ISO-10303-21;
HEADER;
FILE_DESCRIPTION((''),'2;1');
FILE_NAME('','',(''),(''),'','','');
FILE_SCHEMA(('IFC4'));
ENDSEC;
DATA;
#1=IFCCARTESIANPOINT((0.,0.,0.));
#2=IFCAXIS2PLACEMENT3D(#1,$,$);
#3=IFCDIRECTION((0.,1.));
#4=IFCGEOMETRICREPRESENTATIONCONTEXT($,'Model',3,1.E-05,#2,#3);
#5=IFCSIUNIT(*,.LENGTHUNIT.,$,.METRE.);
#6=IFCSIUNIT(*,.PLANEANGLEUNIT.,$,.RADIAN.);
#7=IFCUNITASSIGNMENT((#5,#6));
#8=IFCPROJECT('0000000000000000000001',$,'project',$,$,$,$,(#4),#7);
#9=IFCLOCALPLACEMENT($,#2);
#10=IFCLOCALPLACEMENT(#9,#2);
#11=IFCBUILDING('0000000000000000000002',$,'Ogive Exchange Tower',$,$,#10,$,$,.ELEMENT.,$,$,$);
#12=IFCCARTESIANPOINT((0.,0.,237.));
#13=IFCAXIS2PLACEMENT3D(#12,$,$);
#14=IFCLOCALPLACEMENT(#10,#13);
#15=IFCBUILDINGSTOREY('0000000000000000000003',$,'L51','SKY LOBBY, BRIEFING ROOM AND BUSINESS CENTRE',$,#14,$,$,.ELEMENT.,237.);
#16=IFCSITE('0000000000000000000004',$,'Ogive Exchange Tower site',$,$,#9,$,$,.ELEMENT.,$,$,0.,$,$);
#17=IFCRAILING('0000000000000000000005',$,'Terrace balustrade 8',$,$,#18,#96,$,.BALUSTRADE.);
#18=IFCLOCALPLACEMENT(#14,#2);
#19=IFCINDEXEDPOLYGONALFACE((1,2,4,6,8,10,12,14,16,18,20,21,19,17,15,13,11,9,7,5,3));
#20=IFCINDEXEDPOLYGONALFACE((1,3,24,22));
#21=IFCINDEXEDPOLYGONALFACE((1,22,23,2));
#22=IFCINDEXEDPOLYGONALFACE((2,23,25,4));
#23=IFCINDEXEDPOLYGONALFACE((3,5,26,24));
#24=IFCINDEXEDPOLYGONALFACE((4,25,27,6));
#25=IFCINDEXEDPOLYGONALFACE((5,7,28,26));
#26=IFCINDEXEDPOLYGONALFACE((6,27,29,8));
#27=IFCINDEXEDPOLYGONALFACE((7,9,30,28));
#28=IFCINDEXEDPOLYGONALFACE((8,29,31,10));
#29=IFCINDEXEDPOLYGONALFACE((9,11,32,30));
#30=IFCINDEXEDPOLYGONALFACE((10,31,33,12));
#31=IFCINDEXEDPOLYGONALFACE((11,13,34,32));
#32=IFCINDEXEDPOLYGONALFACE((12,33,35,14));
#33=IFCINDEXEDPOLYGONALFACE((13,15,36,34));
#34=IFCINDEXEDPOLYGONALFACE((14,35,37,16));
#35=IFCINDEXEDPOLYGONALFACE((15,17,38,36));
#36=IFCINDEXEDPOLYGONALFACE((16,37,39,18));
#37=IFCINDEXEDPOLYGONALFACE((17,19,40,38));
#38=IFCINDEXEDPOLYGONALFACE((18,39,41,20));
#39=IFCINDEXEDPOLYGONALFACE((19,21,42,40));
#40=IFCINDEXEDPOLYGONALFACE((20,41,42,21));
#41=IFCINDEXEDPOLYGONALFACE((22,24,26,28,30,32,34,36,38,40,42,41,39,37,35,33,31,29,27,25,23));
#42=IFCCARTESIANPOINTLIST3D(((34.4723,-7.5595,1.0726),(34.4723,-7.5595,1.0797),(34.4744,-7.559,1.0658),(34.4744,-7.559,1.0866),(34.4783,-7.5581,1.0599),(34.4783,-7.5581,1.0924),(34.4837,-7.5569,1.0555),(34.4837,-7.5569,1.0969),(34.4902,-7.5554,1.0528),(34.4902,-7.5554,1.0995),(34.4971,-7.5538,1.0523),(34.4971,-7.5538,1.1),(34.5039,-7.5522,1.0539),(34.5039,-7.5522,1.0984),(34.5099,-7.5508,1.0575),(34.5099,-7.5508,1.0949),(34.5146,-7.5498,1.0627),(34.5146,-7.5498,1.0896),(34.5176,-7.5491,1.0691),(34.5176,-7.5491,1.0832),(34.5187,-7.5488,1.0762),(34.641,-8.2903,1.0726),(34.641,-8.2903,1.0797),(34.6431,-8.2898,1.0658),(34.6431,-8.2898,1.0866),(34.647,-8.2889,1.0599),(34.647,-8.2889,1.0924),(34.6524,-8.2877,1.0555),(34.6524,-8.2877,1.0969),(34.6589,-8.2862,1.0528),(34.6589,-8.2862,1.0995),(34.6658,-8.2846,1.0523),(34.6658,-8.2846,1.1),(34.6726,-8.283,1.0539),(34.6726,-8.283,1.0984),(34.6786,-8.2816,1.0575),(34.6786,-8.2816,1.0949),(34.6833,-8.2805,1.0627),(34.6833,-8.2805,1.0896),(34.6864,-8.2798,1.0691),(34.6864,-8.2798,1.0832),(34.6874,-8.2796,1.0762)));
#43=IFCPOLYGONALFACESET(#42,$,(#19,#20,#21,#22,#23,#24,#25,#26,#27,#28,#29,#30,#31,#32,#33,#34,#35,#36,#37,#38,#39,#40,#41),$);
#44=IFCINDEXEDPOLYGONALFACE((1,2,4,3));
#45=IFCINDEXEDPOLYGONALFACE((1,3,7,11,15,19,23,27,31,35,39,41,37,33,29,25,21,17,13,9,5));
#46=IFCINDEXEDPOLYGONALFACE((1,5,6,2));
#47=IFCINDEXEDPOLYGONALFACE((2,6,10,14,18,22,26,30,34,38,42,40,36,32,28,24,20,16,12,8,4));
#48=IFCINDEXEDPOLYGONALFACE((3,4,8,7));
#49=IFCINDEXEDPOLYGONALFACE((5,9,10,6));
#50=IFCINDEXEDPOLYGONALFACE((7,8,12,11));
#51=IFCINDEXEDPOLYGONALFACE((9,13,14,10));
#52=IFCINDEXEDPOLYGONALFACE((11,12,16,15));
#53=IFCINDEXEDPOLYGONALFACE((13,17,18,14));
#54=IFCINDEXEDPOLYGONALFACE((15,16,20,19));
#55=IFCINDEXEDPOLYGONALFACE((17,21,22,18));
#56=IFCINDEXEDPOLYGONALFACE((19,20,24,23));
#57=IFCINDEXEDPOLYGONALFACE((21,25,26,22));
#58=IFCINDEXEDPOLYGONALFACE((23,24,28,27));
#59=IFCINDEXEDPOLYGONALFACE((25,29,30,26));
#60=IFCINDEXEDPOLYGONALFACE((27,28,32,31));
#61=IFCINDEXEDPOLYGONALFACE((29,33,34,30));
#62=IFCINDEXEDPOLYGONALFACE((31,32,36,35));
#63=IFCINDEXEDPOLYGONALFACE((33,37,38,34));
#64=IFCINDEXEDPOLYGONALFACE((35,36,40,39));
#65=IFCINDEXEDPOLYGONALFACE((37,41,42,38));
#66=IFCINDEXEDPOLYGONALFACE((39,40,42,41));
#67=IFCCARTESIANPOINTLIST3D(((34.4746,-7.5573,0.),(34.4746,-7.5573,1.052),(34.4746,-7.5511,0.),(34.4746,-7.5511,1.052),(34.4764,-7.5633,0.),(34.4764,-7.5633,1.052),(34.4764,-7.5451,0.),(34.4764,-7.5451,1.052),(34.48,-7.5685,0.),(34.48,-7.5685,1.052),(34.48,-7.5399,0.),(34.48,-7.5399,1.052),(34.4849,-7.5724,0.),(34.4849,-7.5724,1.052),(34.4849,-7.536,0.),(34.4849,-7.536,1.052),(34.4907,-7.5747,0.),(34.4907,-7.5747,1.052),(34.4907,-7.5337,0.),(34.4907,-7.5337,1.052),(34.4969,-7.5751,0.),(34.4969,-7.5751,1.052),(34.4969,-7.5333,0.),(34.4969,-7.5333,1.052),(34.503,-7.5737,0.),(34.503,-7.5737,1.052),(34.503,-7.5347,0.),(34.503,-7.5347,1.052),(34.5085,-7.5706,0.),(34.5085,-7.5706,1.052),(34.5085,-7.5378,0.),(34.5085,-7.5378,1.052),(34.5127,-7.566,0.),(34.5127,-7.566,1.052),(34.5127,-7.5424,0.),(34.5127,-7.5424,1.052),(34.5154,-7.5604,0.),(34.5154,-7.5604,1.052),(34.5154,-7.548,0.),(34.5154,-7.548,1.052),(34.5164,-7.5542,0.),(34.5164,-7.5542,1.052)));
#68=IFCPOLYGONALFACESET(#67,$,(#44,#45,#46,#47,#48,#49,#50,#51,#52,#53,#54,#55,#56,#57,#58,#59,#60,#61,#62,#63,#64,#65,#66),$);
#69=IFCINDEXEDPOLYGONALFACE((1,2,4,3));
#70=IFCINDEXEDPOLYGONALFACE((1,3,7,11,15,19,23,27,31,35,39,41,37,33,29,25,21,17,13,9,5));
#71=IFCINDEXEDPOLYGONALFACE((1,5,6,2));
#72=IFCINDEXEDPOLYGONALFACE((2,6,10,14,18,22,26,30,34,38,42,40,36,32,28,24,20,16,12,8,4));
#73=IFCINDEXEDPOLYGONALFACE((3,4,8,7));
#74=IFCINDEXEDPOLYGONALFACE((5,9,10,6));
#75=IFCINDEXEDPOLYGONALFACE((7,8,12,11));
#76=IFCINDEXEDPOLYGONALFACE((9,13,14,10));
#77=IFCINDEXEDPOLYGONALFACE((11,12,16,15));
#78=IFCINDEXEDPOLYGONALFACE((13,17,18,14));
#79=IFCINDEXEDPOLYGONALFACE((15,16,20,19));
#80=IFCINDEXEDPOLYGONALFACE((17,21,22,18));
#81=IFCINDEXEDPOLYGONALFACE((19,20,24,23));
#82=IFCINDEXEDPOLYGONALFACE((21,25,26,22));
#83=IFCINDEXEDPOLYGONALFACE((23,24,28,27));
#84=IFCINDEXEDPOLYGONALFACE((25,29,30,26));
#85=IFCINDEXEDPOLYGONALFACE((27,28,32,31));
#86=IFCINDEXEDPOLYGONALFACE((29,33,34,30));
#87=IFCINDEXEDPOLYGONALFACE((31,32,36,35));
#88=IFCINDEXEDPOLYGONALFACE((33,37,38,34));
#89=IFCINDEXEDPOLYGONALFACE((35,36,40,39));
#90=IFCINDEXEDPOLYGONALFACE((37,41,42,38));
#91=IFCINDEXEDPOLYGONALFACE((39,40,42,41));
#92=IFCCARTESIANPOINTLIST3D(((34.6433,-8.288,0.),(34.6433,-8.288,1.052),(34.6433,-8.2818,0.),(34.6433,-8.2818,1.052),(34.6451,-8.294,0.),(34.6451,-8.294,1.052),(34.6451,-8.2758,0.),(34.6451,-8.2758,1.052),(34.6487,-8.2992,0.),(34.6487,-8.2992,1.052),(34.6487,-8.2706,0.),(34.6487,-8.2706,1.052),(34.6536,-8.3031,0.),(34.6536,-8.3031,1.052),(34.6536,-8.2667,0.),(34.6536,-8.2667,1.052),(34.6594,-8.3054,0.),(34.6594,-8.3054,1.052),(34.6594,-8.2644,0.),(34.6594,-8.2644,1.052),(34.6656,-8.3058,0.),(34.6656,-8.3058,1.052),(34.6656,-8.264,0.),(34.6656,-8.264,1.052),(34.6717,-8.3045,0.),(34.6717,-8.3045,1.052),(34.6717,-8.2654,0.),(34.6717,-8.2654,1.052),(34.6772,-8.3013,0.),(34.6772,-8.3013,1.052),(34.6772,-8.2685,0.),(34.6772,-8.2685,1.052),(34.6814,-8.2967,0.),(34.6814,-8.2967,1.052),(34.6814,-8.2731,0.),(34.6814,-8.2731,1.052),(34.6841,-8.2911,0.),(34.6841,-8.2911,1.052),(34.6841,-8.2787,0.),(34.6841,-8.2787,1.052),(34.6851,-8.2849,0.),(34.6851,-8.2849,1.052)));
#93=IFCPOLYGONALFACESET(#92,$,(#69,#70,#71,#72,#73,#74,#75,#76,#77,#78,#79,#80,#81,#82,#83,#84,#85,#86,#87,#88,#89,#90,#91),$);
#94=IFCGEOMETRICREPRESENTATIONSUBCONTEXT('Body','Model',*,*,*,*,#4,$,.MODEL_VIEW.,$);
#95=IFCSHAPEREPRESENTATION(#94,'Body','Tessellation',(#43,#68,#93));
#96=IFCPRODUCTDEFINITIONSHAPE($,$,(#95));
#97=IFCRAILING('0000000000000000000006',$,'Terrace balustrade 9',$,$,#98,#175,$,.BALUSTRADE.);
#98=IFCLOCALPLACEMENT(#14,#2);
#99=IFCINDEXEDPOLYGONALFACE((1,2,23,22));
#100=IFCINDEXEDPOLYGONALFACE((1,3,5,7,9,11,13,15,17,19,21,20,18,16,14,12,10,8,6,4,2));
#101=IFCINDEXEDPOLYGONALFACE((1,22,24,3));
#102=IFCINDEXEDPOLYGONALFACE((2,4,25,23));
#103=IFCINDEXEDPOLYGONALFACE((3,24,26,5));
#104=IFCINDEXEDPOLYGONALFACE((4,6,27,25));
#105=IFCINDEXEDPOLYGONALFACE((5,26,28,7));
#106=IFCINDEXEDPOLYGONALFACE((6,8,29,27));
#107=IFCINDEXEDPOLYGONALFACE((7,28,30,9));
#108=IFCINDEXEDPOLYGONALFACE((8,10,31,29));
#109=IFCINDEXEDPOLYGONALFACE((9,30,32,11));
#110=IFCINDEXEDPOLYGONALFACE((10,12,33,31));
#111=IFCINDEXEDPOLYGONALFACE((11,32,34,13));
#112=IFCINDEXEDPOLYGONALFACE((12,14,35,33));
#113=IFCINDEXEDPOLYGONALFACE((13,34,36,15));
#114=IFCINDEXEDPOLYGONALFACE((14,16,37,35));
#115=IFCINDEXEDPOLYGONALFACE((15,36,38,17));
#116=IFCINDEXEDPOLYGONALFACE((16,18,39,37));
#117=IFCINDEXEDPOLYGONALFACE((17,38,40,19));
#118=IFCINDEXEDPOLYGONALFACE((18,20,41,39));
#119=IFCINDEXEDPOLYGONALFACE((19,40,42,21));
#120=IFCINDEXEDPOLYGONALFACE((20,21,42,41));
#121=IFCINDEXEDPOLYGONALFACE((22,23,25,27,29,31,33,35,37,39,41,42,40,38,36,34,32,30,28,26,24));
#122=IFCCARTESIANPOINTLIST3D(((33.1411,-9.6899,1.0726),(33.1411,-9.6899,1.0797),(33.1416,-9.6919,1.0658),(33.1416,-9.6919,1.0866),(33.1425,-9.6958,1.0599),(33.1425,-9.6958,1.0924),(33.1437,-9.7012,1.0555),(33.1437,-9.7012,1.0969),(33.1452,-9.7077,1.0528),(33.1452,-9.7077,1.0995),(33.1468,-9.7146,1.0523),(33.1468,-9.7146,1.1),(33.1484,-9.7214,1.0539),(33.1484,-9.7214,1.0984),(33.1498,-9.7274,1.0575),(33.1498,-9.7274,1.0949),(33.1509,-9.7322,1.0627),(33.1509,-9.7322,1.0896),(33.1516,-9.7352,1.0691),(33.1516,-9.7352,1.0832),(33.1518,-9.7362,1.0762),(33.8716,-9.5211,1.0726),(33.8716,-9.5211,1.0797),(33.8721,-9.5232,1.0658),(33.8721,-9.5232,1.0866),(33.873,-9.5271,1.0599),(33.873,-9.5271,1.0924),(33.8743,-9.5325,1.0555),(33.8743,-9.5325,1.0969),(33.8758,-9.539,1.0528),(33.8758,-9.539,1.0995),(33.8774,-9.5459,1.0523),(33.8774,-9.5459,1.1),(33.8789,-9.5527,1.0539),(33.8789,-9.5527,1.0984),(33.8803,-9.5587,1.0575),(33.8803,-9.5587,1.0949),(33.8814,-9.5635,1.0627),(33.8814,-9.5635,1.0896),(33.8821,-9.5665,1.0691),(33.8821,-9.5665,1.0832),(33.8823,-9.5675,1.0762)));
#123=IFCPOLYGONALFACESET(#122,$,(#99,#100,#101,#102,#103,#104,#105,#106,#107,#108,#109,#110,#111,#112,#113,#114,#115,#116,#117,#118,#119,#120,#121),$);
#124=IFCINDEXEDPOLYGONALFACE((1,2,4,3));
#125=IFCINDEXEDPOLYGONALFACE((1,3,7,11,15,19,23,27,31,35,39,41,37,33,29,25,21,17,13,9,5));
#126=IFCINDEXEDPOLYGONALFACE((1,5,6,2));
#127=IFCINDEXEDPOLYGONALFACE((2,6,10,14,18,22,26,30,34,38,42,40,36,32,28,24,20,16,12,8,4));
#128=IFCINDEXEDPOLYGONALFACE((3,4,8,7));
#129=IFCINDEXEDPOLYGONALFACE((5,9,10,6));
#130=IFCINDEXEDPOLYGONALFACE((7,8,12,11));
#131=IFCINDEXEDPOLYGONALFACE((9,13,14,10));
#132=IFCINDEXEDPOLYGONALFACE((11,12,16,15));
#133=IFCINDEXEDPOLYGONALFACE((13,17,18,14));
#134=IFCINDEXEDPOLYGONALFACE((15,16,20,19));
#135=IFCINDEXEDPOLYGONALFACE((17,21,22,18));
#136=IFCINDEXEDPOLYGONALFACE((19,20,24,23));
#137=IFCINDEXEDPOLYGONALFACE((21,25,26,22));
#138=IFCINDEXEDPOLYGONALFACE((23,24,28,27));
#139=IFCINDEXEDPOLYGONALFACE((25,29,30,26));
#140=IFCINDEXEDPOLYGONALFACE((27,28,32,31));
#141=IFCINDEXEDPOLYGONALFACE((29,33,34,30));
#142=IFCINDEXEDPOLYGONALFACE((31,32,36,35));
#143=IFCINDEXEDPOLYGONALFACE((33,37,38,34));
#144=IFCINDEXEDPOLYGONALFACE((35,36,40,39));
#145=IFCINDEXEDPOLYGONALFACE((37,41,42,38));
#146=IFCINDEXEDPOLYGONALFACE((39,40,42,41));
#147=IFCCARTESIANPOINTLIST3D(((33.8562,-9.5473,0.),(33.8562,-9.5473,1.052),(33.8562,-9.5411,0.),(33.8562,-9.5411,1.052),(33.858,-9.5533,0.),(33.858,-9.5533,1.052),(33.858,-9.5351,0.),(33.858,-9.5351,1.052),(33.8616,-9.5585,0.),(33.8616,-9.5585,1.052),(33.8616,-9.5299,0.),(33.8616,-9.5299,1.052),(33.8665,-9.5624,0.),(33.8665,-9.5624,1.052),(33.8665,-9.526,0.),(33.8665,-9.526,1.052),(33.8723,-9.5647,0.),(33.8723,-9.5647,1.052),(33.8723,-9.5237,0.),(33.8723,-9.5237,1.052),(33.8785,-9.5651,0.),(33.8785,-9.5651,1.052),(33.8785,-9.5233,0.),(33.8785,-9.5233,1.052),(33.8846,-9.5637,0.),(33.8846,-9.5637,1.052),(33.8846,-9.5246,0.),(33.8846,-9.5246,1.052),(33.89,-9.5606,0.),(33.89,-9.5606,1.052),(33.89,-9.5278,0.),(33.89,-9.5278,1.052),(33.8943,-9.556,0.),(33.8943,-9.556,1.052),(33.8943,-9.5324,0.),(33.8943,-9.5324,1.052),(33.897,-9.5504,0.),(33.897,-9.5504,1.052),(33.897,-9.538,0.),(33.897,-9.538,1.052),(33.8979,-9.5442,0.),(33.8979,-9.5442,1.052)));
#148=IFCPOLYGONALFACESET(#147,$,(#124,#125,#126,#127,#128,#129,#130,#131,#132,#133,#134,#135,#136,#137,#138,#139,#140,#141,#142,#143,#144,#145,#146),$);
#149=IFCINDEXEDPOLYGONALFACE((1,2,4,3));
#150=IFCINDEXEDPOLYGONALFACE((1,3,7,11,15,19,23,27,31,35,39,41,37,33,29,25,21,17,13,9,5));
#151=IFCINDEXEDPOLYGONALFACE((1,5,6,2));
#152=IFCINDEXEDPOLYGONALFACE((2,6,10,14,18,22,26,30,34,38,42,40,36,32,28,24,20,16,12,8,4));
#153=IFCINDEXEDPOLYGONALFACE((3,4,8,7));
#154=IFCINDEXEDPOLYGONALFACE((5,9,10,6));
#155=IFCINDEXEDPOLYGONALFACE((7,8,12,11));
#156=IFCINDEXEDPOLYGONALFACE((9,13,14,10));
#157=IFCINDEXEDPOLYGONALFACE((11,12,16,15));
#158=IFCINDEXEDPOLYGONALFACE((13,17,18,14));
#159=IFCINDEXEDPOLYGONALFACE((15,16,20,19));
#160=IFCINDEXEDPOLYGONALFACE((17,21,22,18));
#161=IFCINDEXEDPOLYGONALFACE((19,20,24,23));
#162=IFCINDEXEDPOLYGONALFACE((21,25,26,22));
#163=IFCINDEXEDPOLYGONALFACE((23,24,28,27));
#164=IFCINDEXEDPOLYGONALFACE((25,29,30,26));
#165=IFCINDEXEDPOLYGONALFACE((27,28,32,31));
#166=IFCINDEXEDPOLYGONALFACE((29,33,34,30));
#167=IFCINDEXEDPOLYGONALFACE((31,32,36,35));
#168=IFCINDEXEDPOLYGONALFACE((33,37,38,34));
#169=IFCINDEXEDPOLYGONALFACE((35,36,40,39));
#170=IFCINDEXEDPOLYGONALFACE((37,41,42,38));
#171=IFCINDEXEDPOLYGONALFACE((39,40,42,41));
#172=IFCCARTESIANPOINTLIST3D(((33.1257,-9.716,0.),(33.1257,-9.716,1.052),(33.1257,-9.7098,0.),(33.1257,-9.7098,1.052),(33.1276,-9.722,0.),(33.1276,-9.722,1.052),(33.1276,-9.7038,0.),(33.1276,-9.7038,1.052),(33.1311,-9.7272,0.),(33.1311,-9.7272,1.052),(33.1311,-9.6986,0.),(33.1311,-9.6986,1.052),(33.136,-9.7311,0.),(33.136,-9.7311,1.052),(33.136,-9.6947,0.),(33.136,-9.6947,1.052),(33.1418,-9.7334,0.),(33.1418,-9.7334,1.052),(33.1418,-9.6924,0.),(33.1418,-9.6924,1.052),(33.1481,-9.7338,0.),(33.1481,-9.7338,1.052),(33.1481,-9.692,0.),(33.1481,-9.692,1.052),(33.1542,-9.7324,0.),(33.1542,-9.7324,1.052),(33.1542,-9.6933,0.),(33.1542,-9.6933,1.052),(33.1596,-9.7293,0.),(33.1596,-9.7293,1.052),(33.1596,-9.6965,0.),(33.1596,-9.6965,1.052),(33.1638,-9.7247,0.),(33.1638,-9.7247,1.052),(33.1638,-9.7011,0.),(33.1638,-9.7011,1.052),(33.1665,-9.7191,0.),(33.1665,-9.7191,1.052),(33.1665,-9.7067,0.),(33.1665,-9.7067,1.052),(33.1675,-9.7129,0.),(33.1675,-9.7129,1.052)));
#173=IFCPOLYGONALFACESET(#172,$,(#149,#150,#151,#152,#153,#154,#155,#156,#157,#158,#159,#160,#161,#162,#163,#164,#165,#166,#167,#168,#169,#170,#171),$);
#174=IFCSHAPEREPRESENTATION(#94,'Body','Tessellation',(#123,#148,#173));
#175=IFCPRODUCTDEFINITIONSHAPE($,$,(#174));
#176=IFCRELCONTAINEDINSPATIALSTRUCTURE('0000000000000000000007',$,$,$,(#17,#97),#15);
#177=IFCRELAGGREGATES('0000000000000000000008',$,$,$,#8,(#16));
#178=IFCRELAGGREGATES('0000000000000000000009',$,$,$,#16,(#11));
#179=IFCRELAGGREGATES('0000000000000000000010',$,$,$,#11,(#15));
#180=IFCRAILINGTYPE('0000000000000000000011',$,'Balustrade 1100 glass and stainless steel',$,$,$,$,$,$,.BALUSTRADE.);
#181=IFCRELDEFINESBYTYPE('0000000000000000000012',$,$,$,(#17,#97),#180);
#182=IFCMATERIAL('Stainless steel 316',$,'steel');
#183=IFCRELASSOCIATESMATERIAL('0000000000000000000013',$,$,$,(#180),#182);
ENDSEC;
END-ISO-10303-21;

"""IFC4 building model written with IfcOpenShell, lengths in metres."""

from ifc_helpers import new_model, si_unit, direction, frame, origin, origin_2d, place, context, subcontext, project, spatial, circle, extrude, material, type_object, element, save


model = new_model("IFC4")

# Units and contexts
model_context = context("Model", 3, precision=1e-05, world=origin(), true_north=direction((0.0, 1.0)))
body_context = subcontext(model_context, "Body", "Model", "MODEL_VIEW")
ifc_project = project(units=[si_unit("LENGTHUNIT", "METRE"), si_unit("PLANEANGLEUNIT", "RADIAN")], contexts=[model_context])

# Site, building, storey
site_placement = place(None, origin())
site = spatial("IfcSite", under=ifc_project, at=site_placement, Name="Ogive Exchange Tower site", CompositionType="ELEMENT", RefElevation=0.0)
building_placement = place(site_placement, origin())
building = spatial("IfcBuilding", under=site, at=building_placement, Name="Ogive Exchange Tower", CompositionType="ELEMENT")
storey_placement = place(building_placement, frame((0.0, 0.0, 237.0)))
storey = spatial("IfcBuildingStorey", under=building, at=storey_placement, Name="L51", Description="SKY LOBBY, BRIEFING ROOM AND BUSINESS CENTRE", CompositionType="ELEMENT", Elevation=237.0)

# Railings
ifc_material_1 = material(Name="Stainless steel 316", Category="steel")
railing_type = type_object("IfcRailingType", Name="Balustrade 1100 glass and stainless steel", PredefinedType="BALUSTRADE", material=ifc_material_1)
railing_1_placement = place(storey_placement, frame((34.4954, -7.5542, 0.0)))
element("IfcRailing", 1, at=railing_1_placement, inside=storey, type_object=railing_type, Name="Terrace balustrade 8", PredefinedType="BALUSTRADE", context=body_context, shape_type="SweptSolid", body=[
    extrude(circle(Radius=0.0239, at=origin_2d()), frame((0.0, 0.0, 1.0762), z_axis=(0.224955, -0.974369, 0.0), x_axis=(0.974369, 0.224955, 0.0)), (0.0, 0.0, 1.0), 0.75),
    extrude(circle(Radius=0.021, at=origin_2d()), origin(), (0.0, 0.0, 1.0), 1.052),
    extrude(circle(Radius=0.021, at=origin_2d()), frame((0.1687, -0.7307, 0.0)), (0.0, 0.0, 1.0), 1.052),
])
railing_2_placement = place(storey_placement, frame((33.877, -9.5442, 0.0)))
element("IfcRailing", 2, at=railing_2_placement, inside=storey, type_object=railing_type, Name="Terrace balustrade 9", PredefinedType="BALUSTRADE", context=body_context, shape_type="SweptSolid", body=[
    extrude(circle(Radius=0.0239, at=origin_2d()), frame((0.0, 0.0, 1.0762), z_axis=(-0.974353, -0.225026, 0.0), x_axis=(0.225026, -0.974353, 0.0)), (0.0, 0.0, 1.0), 0.7498),
    extrude(circle(Radius=0.021, at=origin_2d()), origin(), (0.0, 0.0, 1.0), 1.052),
    extrude(circle(Radius=0.021, at=origin_2d()), frame((-0.7305, -0.1687, 0.0)), (0.0, 0.0, 1.0), 1.052),
])

save(model, "model.ifc")
